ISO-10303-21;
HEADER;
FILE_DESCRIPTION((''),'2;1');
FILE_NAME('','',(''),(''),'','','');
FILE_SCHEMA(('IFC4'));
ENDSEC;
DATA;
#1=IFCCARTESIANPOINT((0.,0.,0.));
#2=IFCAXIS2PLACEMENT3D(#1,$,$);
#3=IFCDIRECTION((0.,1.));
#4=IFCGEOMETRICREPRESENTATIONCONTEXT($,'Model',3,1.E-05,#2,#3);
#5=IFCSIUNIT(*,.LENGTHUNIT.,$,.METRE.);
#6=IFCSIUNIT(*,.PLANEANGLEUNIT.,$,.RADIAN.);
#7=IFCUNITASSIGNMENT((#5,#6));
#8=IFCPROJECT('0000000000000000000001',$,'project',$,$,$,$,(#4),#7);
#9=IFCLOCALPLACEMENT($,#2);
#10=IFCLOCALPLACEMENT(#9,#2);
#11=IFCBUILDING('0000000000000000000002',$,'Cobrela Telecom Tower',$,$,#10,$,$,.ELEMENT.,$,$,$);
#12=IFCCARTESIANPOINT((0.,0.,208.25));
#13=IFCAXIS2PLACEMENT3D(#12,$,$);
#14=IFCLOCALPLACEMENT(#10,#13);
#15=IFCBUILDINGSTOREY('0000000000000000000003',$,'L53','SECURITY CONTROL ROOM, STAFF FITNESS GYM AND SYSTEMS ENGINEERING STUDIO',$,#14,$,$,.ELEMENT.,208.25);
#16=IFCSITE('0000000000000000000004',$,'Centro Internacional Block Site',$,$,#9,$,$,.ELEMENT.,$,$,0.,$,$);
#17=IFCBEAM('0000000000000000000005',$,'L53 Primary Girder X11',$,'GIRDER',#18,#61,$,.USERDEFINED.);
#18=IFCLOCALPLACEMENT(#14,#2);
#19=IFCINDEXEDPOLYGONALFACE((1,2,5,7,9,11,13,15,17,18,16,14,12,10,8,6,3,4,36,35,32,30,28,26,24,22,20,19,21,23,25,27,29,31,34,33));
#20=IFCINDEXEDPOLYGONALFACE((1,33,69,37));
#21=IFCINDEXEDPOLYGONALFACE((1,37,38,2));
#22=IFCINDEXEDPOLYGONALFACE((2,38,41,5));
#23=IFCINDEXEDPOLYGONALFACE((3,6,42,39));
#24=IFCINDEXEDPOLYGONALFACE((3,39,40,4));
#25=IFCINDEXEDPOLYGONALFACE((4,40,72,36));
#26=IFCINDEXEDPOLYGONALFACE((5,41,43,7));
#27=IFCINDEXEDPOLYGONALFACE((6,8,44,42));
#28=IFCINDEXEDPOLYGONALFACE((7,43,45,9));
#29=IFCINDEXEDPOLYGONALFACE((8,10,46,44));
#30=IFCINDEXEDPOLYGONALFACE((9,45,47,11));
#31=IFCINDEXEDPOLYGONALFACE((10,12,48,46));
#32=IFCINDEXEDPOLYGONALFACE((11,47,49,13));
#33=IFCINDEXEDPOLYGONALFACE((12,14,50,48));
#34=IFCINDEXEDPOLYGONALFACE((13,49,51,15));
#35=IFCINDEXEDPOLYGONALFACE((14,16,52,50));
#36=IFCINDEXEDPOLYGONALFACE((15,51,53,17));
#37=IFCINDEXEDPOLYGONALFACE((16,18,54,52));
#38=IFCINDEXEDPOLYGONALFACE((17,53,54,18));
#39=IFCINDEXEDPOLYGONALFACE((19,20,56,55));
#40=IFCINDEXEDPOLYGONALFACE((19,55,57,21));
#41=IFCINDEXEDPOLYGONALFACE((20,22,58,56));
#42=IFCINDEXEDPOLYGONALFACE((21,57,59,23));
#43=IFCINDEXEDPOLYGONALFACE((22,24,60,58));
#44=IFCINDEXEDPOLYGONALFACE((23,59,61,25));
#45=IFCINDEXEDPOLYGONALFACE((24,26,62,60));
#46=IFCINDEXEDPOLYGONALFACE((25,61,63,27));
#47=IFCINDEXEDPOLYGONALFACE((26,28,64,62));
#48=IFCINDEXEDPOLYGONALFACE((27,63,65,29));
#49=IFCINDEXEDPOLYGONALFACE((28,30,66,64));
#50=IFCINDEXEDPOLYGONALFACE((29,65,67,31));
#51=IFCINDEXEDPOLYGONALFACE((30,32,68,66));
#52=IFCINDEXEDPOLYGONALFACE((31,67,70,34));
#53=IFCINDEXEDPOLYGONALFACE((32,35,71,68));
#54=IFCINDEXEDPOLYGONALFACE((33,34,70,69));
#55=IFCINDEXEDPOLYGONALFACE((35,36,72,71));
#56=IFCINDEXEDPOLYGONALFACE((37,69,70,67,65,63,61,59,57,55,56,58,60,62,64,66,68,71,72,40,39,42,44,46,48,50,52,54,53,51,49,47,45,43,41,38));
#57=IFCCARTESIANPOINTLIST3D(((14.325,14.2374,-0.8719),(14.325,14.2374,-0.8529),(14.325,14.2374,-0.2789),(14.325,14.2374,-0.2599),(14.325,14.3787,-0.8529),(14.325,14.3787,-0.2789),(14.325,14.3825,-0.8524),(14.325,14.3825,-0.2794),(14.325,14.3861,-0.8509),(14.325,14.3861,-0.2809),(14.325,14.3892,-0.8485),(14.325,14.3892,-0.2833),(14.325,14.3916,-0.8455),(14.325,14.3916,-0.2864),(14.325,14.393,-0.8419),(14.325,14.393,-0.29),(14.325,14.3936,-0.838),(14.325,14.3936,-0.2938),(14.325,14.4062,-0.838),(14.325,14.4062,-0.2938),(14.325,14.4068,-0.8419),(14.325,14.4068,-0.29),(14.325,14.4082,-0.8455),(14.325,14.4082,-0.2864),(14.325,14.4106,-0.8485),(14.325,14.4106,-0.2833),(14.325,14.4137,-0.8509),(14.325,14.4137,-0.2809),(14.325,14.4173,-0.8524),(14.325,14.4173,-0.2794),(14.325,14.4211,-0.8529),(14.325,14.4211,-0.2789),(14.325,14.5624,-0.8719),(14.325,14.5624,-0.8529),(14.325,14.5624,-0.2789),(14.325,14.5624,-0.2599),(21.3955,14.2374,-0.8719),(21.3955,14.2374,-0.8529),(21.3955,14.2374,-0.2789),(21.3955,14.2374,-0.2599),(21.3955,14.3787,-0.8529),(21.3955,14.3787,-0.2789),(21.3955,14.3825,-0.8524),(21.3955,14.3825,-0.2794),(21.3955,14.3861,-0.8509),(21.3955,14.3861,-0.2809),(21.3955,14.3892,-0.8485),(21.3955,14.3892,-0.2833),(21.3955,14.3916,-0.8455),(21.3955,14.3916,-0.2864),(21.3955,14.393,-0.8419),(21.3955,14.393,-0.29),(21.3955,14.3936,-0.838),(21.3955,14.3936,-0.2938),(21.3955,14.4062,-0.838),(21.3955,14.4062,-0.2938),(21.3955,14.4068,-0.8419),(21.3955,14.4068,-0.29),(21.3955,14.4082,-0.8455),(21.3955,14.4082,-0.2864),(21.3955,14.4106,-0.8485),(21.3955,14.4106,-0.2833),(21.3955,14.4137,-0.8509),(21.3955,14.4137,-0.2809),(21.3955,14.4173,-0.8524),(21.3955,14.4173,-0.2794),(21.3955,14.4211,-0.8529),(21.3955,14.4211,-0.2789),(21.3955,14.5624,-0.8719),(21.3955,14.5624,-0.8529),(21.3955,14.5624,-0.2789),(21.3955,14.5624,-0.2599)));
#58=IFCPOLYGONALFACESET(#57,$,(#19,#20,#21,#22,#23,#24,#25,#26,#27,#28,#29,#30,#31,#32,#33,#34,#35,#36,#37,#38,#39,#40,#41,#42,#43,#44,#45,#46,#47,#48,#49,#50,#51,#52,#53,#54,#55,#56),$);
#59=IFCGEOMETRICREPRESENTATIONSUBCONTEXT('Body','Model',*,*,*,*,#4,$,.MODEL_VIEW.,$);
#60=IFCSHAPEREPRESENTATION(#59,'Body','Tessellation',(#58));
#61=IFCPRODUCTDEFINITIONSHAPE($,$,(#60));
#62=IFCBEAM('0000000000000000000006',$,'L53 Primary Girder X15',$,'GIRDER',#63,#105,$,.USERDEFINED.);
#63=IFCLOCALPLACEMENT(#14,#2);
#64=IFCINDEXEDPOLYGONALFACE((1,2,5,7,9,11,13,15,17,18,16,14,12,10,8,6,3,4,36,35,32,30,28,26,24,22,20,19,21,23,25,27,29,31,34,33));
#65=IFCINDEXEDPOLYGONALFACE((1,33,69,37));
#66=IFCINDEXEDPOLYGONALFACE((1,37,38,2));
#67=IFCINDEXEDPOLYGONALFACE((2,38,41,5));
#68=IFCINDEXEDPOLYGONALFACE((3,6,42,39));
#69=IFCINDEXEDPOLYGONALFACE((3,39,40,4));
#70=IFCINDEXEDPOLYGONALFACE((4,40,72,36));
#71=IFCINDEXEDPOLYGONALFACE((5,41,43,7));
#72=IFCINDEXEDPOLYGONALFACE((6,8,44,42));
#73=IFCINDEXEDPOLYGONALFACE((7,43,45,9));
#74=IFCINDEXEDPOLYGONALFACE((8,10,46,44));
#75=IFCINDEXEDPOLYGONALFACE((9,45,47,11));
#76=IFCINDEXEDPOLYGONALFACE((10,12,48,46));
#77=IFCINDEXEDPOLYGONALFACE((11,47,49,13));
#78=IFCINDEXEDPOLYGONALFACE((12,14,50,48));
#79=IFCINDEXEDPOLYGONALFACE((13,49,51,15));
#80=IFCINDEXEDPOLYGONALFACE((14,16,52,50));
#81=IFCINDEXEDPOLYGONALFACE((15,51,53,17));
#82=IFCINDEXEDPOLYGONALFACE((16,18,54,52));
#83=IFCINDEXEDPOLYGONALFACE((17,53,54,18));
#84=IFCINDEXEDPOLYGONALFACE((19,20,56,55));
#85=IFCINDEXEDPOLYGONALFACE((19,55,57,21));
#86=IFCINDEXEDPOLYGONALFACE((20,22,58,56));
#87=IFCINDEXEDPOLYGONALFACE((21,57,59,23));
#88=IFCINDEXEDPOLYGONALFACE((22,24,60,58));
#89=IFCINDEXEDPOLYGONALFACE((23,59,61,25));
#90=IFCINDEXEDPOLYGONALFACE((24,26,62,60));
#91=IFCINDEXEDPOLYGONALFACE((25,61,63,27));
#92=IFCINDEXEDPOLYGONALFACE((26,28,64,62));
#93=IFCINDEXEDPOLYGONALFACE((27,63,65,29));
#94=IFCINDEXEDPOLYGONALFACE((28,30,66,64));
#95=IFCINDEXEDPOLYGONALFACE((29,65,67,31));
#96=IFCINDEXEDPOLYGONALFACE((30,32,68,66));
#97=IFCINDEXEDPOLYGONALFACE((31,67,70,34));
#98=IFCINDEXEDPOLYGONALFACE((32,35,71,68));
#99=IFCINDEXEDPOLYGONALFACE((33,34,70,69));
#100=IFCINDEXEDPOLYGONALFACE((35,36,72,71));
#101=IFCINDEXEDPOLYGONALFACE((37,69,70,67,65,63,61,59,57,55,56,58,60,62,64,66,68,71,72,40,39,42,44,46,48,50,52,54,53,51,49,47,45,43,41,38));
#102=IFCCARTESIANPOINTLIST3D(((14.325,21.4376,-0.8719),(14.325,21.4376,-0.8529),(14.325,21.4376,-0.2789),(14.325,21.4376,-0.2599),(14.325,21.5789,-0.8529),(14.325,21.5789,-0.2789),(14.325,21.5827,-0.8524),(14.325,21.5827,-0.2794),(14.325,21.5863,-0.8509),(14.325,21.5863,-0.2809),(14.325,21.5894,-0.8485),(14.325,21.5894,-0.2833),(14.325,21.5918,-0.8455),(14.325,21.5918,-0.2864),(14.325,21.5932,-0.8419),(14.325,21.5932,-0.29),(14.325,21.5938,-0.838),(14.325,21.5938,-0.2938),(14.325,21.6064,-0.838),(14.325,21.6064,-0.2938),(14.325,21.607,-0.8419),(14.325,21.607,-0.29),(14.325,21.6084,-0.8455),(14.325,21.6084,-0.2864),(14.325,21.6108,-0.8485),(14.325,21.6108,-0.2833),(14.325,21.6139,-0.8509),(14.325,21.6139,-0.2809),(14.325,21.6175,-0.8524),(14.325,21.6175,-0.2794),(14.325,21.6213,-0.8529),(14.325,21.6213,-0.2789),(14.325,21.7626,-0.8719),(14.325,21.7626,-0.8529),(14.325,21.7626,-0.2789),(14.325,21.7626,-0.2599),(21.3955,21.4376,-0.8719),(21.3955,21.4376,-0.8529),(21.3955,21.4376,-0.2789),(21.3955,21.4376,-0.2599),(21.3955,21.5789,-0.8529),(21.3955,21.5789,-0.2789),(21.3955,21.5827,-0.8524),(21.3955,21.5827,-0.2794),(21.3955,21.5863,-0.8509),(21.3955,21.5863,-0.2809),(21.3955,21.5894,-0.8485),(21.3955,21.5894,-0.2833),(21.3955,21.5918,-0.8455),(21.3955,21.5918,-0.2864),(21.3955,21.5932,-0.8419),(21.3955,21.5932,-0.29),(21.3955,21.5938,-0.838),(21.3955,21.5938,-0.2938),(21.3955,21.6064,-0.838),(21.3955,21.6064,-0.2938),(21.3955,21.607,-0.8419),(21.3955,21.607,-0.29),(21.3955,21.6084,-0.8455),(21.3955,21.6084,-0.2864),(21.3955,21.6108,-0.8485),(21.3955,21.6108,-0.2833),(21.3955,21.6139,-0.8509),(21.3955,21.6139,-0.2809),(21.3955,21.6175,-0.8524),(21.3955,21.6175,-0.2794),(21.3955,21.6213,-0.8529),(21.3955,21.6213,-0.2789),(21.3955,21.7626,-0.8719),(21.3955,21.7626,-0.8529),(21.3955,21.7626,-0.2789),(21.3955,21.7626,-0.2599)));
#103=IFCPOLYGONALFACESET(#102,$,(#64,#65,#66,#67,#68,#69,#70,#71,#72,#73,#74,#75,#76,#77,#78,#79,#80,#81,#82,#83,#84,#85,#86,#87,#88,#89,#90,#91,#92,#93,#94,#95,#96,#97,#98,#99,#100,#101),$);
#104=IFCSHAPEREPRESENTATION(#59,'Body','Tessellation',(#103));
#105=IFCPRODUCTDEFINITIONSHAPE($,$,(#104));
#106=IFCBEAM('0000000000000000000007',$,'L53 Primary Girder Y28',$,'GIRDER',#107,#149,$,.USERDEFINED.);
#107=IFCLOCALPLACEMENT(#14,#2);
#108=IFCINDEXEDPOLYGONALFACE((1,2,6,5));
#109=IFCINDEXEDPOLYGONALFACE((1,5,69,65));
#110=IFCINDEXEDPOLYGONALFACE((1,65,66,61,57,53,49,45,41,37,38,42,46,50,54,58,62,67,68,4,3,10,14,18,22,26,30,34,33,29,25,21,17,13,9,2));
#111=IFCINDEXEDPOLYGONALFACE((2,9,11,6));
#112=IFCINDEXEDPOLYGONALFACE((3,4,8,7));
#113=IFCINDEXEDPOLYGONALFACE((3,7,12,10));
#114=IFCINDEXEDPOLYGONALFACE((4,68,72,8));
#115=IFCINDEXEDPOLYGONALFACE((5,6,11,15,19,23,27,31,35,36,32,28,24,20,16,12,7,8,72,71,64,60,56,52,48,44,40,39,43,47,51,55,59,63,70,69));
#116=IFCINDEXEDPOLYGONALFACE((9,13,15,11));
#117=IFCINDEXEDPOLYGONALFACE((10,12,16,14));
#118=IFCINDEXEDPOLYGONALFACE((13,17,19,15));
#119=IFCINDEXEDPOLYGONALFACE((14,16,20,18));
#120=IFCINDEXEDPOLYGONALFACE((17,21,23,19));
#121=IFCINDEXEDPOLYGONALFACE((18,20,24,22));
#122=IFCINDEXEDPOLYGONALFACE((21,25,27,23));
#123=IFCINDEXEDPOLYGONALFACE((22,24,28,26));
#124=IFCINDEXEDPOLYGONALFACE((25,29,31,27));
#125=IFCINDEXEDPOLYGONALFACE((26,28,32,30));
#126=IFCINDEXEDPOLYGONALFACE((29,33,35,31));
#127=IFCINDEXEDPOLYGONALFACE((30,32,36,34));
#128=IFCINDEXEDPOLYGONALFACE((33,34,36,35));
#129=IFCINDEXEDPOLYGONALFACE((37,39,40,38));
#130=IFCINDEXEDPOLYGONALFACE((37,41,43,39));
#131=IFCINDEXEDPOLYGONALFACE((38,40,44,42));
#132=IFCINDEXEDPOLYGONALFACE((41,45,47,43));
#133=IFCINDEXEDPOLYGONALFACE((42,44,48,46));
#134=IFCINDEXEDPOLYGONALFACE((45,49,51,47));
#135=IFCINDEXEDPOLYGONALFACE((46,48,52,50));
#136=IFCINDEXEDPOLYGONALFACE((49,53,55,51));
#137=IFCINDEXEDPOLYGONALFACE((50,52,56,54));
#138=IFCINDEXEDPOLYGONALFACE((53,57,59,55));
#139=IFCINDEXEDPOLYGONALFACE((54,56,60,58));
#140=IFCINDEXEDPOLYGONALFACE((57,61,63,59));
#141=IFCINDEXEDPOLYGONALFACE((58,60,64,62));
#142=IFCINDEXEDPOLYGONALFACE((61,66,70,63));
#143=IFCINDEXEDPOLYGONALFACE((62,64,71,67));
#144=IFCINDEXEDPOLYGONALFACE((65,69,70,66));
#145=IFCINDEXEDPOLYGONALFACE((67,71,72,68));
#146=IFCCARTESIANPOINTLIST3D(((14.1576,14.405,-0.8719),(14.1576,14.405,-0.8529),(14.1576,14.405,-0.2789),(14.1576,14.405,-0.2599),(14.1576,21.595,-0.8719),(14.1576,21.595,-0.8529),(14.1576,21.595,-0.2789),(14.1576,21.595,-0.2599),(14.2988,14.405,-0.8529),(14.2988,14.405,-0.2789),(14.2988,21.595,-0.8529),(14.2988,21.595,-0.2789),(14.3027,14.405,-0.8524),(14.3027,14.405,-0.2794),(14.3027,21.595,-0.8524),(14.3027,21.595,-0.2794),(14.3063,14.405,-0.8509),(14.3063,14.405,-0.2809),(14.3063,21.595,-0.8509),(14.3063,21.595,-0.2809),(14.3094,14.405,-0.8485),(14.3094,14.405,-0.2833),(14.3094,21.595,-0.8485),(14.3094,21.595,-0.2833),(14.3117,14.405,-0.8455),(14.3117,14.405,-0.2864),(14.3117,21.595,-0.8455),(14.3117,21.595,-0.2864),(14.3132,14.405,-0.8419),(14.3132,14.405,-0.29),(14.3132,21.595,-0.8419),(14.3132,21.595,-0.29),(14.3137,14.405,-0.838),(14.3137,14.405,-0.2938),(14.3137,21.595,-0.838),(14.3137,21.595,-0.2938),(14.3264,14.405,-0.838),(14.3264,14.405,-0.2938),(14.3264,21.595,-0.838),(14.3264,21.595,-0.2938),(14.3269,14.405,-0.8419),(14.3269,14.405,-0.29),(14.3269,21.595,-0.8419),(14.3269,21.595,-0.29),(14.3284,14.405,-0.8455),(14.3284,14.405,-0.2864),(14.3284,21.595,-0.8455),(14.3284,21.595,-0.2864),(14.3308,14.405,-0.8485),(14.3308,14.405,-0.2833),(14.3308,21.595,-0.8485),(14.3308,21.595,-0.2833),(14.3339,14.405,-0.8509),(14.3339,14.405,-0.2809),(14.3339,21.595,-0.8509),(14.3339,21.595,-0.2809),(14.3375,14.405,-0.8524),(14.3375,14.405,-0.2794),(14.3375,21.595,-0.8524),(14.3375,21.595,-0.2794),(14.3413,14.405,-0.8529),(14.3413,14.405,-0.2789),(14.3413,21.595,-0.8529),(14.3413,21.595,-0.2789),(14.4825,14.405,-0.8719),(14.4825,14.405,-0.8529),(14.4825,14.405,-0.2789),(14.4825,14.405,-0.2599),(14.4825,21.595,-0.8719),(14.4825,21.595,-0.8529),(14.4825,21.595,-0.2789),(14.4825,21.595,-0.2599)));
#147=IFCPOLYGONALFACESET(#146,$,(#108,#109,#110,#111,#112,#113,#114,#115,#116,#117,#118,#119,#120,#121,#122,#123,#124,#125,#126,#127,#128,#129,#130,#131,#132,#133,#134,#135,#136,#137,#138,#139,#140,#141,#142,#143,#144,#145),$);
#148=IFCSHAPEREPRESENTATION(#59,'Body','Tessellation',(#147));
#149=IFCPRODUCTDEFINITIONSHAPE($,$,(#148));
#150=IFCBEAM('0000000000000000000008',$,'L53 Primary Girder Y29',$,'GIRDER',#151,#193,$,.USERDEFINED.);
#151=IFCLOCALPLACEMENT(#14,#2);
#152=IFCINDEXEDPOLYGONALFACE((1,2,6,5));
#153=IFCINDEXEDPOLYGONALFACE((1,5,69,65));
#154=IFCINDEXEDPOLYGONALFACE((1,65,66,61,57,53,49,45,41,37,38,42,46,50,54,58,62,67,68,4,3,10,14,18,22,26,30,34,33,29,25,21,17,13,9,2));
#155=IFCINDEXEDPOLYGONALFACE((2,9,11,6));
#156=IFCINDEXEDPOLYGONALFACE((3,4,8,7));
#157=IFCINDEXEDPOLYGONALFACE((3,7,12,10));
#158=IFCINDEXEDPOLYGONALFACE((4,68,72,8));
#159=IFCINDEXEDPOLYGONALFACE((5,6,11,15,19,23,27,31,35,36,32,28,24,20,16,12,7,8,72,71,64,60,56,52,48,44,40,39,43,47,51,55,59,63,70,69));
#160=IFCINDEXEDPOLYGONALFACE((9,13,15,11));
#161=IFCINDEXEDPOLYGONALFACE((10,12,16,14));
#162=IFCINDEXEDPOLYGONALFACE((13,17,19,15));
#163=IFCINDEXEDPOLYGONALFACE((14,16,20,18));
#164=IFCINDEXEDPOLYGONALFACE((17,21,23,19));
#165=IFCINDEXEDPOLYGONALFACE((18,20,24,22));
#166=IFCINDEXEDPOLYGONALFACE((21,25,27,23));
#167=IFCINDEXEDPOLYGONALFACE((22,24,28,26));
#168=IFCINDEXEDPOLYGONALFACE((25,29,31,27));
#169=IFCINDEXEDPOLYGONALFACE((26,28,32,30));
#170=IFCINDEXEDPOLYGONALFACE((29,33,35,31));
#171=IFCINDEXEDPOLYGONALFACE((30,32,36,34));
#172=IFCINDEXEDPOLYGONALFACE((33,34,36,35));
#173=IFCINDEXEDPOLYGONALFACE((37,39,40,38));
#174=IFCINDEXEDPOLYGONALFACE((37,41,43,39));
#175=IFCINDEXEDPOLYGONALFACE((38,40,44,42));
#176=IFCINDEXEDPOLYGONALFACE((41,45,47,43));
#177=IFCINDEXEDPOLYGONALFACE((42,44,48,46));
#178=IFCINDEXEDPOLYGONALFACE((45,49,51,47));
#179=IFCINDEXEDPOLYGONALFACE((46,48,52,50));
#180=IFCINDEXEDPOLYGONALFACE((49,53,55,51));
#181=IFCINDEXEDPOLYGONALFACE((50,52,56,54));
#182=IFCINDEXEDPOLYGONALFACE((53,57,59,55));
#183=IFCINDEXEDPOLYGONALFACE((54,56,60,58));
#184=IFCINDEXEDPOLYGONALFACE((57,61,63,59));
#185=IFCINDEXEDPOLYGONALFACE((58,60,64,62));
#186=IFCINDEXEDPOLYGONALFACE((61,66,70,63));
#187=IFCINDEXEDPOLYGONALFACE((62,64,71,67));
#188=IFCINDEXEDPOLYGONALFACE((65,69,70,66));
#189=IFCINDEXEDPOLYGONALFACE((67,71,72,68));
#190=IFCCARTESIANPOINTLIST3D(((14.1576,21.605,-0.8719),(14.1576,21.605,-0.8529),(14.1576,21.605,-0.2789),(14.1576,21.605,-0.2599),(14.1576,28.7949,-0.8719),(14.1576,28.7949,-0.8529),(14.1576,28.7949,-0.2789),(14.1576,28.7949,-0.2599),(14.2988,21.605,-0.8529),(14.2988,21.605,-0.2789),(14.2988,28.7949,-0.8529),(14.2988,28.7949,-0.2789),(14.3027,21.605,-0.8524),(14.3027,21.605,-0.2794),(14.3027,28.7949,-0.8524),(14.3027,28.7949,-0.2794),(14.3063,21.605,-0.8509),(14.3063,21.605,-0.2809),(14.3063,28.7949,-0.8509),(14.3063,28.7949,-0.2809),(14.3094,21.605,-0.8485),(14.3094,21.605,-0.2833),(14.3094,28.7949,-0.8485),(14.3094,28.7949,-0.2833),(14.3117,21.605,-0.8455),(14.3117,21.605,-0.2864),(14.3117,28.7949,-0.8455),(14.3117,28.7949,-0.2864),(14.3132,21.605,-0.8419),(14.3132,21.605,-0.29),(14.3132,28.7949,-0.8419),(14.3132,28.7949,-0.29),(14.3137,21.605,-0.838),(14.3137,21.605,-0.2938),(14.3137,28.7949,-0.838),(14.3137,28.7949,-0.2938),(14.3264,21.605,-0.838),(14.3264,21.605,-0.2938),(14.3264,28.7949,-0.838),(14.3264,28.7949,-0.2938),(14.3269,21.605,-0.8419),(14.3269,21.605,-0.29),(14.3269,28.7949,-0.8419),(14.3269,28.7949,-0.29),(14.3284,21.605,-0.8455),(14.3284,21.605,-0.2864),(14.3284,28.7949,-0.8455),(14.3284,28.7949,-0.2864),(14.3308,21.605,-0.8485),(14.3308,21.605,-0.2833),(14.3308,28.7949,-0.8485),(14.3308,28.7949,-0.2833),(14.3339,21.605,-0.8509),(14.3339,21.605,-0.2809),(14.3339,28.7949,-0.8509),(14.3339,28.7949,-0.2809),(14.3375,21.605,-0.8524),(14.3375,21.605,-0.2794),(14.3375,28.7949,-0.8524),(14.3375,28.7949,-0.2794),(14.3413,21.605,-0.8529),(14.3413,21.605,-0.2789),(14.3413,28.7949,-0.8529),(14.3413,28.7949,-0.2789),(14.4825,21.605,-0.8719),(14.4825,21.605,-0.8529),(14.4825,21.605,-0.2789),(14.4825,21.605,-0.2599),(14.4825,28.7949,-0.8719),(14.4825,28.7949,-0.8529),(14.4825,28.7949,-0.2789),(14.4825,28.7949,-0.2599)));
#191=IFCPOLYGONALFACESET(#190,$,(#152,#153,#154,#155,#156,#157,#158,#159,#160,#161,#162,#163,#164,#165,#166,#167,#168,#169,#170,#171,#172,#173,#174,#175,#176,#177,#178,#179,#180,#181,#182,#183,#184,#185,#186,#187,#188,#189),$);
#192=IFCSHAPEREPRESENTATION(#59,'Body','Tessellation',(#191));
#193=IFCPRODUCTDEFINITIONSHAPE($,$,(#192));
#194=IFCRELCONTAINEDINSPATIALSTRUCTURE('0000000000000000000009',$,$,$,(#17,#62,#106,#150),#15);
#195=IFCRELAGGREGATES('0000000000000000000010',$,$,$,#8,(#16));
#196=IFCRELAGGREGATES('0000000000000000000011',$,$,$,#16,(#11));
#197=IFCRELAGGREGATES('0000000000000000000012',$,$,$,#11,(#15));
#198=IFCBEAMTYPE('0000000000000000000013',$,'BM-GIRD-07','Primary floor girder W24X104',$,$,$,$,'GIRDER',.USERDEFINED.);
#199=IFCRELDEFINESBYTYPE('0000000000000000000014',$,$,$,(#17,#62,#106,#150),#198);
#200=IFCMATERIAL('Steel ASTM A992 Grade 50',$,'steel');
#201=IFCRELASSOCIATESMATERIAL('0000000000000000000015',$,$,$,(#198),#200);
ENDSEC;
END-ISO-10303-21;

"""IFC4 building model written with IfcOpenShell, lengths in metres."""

from ifc_helpers import new_model, si_unit, direction, frame, origin, origin_2d, place, context, subcontext, project, spatial, i_section, extrude, material, material_profile, profile_set, type_object, element, save


model = new_model("IFC4")

# Units and contexts
model_context = context("Model", 3, precision=1e-05, world=origin(), true_north=direction((0.0, 1.0)))
body_context = subcontext(model_context, "Body", "Model", "MODEL_VIEW")
ifc_project = project(units=[si_unit("LENGTHUNIT", "METRE"), si_unit("PLANEANGLEUNIT", "RADIAN")], contexts=[model_context])

# Site, building, storey
site_placement = place(None, origin())
site = spatial("IfcSite", under=ifc_project, at=site_placement, Name="Centro Internacional Block Site", CompositionType="ELEMENT", RefElevation=0.0)
building_placement = place(site_placement, origin())
building = spatial("IfcBuilding", under=site, at=building_placement, Name="Cobrela Telecom Tower", CompositionType="ELEMENT")
storey_placement = place(building_placement, frame((0.0, 0.0, 208.25)))
storey = spatial("IfcBuildingStorey", under=building, at=storey_placement, Name="L53", Description="SECURITY CONTROL ROOM, STAFF FITNESS GYM AND SYSTEMS ENGINEERING STUDIO", CompositionType="ELEMENT", Elevation=208.25)

# Beams
ifc_material_1 = material(Name="Steel ASTM A992 Grade 50", Category="steel")
ifc_material_profile_1 = material_profile(ifc_material_1, i_section(OverallWidth=0.325, OverallDepth=0.6121, WebThickness=0.0127, FlangeThickness=0.019, FilletRadius=0.0149, at=origin_2d()), Name="W24X104")
ifc_profile_set_1 = profile_set([ifc_material_profile_1], Name="Steel ASTM A992 Grade 50")
beam_type_1 = type_object("IfcBeamType", Name="BM-GIRD-07", Description="Primary floor girder W24X104", ElementType="GIRDER", PredefinedType="USERDEFINED", material=ifc_profile_set_1)
for number, where, z_axis, x_axis, name in (
    (1, (14.325, 14.3999, -0.5659), (1.0, 0.0, 0.0), (0.0, 1.0, 0.0), "L53 Primary Girder X11"),
    (2, (14.325, 21.6001, -0.5659), (1.0, 0.0, 0.0), (0.0, 1.0, 0.0), "L53 Primary Girder X15"),
):
    element("IfcBeam", number, at=place(storey_placement, frame(where, z_axis=z_axis, x_axis=x_axis)), inside=storey, type_object=beam_type_1, Name=name, ObjectType="GIRDER", PredefinedType="USERDEFINED", context=body_context, shape_type="SweptSolid", body=[
        extrude(i_section(OverallWidth=0.325, OverallDepth=0.6121, WebThickness=0.0127, FlangeThickness=0.019, FilletRadius=0.0149, at=origin_2d()), origin(), (0.0, 0.0, 1.0), 7.0706),
    ])
for number, where, z_axis, x_axis, name in (
    (3, (14.3201, 14.405, -0.5659), (0.0, 1.0, 0.0), (-1.0, 0.0, 0.0), "L53 Primary Girder Y28"),
    (4, (14.3201, 21.605, -0.5659), (0.0, 1.0, 0.0), (-1.0, 0.0, 0.0), "L53 Primary Girder Y29"),
):
    element("IfcBeam", number, at=place(storey_placement, frame(where, z_axis=z_axis, x_axis=x_axis)), inside=storey, type_object=beam_type_1, Name=name, ObjectType="GIRDER", PredefinedType="USERDEFINED", context=body_context, shape_type="SweptSolid", body=[
        extrude(i_section(OverallWidth=0.325, OverallDepth=0.6121, WebThickness=0.0127, FlangeThickness=0.019, FilletRadius=0.0149, at=origin_2d()), origin(), (0.0, 0.0, 1.0), 7.1899),
    ])

save(model, "model.ifc")
